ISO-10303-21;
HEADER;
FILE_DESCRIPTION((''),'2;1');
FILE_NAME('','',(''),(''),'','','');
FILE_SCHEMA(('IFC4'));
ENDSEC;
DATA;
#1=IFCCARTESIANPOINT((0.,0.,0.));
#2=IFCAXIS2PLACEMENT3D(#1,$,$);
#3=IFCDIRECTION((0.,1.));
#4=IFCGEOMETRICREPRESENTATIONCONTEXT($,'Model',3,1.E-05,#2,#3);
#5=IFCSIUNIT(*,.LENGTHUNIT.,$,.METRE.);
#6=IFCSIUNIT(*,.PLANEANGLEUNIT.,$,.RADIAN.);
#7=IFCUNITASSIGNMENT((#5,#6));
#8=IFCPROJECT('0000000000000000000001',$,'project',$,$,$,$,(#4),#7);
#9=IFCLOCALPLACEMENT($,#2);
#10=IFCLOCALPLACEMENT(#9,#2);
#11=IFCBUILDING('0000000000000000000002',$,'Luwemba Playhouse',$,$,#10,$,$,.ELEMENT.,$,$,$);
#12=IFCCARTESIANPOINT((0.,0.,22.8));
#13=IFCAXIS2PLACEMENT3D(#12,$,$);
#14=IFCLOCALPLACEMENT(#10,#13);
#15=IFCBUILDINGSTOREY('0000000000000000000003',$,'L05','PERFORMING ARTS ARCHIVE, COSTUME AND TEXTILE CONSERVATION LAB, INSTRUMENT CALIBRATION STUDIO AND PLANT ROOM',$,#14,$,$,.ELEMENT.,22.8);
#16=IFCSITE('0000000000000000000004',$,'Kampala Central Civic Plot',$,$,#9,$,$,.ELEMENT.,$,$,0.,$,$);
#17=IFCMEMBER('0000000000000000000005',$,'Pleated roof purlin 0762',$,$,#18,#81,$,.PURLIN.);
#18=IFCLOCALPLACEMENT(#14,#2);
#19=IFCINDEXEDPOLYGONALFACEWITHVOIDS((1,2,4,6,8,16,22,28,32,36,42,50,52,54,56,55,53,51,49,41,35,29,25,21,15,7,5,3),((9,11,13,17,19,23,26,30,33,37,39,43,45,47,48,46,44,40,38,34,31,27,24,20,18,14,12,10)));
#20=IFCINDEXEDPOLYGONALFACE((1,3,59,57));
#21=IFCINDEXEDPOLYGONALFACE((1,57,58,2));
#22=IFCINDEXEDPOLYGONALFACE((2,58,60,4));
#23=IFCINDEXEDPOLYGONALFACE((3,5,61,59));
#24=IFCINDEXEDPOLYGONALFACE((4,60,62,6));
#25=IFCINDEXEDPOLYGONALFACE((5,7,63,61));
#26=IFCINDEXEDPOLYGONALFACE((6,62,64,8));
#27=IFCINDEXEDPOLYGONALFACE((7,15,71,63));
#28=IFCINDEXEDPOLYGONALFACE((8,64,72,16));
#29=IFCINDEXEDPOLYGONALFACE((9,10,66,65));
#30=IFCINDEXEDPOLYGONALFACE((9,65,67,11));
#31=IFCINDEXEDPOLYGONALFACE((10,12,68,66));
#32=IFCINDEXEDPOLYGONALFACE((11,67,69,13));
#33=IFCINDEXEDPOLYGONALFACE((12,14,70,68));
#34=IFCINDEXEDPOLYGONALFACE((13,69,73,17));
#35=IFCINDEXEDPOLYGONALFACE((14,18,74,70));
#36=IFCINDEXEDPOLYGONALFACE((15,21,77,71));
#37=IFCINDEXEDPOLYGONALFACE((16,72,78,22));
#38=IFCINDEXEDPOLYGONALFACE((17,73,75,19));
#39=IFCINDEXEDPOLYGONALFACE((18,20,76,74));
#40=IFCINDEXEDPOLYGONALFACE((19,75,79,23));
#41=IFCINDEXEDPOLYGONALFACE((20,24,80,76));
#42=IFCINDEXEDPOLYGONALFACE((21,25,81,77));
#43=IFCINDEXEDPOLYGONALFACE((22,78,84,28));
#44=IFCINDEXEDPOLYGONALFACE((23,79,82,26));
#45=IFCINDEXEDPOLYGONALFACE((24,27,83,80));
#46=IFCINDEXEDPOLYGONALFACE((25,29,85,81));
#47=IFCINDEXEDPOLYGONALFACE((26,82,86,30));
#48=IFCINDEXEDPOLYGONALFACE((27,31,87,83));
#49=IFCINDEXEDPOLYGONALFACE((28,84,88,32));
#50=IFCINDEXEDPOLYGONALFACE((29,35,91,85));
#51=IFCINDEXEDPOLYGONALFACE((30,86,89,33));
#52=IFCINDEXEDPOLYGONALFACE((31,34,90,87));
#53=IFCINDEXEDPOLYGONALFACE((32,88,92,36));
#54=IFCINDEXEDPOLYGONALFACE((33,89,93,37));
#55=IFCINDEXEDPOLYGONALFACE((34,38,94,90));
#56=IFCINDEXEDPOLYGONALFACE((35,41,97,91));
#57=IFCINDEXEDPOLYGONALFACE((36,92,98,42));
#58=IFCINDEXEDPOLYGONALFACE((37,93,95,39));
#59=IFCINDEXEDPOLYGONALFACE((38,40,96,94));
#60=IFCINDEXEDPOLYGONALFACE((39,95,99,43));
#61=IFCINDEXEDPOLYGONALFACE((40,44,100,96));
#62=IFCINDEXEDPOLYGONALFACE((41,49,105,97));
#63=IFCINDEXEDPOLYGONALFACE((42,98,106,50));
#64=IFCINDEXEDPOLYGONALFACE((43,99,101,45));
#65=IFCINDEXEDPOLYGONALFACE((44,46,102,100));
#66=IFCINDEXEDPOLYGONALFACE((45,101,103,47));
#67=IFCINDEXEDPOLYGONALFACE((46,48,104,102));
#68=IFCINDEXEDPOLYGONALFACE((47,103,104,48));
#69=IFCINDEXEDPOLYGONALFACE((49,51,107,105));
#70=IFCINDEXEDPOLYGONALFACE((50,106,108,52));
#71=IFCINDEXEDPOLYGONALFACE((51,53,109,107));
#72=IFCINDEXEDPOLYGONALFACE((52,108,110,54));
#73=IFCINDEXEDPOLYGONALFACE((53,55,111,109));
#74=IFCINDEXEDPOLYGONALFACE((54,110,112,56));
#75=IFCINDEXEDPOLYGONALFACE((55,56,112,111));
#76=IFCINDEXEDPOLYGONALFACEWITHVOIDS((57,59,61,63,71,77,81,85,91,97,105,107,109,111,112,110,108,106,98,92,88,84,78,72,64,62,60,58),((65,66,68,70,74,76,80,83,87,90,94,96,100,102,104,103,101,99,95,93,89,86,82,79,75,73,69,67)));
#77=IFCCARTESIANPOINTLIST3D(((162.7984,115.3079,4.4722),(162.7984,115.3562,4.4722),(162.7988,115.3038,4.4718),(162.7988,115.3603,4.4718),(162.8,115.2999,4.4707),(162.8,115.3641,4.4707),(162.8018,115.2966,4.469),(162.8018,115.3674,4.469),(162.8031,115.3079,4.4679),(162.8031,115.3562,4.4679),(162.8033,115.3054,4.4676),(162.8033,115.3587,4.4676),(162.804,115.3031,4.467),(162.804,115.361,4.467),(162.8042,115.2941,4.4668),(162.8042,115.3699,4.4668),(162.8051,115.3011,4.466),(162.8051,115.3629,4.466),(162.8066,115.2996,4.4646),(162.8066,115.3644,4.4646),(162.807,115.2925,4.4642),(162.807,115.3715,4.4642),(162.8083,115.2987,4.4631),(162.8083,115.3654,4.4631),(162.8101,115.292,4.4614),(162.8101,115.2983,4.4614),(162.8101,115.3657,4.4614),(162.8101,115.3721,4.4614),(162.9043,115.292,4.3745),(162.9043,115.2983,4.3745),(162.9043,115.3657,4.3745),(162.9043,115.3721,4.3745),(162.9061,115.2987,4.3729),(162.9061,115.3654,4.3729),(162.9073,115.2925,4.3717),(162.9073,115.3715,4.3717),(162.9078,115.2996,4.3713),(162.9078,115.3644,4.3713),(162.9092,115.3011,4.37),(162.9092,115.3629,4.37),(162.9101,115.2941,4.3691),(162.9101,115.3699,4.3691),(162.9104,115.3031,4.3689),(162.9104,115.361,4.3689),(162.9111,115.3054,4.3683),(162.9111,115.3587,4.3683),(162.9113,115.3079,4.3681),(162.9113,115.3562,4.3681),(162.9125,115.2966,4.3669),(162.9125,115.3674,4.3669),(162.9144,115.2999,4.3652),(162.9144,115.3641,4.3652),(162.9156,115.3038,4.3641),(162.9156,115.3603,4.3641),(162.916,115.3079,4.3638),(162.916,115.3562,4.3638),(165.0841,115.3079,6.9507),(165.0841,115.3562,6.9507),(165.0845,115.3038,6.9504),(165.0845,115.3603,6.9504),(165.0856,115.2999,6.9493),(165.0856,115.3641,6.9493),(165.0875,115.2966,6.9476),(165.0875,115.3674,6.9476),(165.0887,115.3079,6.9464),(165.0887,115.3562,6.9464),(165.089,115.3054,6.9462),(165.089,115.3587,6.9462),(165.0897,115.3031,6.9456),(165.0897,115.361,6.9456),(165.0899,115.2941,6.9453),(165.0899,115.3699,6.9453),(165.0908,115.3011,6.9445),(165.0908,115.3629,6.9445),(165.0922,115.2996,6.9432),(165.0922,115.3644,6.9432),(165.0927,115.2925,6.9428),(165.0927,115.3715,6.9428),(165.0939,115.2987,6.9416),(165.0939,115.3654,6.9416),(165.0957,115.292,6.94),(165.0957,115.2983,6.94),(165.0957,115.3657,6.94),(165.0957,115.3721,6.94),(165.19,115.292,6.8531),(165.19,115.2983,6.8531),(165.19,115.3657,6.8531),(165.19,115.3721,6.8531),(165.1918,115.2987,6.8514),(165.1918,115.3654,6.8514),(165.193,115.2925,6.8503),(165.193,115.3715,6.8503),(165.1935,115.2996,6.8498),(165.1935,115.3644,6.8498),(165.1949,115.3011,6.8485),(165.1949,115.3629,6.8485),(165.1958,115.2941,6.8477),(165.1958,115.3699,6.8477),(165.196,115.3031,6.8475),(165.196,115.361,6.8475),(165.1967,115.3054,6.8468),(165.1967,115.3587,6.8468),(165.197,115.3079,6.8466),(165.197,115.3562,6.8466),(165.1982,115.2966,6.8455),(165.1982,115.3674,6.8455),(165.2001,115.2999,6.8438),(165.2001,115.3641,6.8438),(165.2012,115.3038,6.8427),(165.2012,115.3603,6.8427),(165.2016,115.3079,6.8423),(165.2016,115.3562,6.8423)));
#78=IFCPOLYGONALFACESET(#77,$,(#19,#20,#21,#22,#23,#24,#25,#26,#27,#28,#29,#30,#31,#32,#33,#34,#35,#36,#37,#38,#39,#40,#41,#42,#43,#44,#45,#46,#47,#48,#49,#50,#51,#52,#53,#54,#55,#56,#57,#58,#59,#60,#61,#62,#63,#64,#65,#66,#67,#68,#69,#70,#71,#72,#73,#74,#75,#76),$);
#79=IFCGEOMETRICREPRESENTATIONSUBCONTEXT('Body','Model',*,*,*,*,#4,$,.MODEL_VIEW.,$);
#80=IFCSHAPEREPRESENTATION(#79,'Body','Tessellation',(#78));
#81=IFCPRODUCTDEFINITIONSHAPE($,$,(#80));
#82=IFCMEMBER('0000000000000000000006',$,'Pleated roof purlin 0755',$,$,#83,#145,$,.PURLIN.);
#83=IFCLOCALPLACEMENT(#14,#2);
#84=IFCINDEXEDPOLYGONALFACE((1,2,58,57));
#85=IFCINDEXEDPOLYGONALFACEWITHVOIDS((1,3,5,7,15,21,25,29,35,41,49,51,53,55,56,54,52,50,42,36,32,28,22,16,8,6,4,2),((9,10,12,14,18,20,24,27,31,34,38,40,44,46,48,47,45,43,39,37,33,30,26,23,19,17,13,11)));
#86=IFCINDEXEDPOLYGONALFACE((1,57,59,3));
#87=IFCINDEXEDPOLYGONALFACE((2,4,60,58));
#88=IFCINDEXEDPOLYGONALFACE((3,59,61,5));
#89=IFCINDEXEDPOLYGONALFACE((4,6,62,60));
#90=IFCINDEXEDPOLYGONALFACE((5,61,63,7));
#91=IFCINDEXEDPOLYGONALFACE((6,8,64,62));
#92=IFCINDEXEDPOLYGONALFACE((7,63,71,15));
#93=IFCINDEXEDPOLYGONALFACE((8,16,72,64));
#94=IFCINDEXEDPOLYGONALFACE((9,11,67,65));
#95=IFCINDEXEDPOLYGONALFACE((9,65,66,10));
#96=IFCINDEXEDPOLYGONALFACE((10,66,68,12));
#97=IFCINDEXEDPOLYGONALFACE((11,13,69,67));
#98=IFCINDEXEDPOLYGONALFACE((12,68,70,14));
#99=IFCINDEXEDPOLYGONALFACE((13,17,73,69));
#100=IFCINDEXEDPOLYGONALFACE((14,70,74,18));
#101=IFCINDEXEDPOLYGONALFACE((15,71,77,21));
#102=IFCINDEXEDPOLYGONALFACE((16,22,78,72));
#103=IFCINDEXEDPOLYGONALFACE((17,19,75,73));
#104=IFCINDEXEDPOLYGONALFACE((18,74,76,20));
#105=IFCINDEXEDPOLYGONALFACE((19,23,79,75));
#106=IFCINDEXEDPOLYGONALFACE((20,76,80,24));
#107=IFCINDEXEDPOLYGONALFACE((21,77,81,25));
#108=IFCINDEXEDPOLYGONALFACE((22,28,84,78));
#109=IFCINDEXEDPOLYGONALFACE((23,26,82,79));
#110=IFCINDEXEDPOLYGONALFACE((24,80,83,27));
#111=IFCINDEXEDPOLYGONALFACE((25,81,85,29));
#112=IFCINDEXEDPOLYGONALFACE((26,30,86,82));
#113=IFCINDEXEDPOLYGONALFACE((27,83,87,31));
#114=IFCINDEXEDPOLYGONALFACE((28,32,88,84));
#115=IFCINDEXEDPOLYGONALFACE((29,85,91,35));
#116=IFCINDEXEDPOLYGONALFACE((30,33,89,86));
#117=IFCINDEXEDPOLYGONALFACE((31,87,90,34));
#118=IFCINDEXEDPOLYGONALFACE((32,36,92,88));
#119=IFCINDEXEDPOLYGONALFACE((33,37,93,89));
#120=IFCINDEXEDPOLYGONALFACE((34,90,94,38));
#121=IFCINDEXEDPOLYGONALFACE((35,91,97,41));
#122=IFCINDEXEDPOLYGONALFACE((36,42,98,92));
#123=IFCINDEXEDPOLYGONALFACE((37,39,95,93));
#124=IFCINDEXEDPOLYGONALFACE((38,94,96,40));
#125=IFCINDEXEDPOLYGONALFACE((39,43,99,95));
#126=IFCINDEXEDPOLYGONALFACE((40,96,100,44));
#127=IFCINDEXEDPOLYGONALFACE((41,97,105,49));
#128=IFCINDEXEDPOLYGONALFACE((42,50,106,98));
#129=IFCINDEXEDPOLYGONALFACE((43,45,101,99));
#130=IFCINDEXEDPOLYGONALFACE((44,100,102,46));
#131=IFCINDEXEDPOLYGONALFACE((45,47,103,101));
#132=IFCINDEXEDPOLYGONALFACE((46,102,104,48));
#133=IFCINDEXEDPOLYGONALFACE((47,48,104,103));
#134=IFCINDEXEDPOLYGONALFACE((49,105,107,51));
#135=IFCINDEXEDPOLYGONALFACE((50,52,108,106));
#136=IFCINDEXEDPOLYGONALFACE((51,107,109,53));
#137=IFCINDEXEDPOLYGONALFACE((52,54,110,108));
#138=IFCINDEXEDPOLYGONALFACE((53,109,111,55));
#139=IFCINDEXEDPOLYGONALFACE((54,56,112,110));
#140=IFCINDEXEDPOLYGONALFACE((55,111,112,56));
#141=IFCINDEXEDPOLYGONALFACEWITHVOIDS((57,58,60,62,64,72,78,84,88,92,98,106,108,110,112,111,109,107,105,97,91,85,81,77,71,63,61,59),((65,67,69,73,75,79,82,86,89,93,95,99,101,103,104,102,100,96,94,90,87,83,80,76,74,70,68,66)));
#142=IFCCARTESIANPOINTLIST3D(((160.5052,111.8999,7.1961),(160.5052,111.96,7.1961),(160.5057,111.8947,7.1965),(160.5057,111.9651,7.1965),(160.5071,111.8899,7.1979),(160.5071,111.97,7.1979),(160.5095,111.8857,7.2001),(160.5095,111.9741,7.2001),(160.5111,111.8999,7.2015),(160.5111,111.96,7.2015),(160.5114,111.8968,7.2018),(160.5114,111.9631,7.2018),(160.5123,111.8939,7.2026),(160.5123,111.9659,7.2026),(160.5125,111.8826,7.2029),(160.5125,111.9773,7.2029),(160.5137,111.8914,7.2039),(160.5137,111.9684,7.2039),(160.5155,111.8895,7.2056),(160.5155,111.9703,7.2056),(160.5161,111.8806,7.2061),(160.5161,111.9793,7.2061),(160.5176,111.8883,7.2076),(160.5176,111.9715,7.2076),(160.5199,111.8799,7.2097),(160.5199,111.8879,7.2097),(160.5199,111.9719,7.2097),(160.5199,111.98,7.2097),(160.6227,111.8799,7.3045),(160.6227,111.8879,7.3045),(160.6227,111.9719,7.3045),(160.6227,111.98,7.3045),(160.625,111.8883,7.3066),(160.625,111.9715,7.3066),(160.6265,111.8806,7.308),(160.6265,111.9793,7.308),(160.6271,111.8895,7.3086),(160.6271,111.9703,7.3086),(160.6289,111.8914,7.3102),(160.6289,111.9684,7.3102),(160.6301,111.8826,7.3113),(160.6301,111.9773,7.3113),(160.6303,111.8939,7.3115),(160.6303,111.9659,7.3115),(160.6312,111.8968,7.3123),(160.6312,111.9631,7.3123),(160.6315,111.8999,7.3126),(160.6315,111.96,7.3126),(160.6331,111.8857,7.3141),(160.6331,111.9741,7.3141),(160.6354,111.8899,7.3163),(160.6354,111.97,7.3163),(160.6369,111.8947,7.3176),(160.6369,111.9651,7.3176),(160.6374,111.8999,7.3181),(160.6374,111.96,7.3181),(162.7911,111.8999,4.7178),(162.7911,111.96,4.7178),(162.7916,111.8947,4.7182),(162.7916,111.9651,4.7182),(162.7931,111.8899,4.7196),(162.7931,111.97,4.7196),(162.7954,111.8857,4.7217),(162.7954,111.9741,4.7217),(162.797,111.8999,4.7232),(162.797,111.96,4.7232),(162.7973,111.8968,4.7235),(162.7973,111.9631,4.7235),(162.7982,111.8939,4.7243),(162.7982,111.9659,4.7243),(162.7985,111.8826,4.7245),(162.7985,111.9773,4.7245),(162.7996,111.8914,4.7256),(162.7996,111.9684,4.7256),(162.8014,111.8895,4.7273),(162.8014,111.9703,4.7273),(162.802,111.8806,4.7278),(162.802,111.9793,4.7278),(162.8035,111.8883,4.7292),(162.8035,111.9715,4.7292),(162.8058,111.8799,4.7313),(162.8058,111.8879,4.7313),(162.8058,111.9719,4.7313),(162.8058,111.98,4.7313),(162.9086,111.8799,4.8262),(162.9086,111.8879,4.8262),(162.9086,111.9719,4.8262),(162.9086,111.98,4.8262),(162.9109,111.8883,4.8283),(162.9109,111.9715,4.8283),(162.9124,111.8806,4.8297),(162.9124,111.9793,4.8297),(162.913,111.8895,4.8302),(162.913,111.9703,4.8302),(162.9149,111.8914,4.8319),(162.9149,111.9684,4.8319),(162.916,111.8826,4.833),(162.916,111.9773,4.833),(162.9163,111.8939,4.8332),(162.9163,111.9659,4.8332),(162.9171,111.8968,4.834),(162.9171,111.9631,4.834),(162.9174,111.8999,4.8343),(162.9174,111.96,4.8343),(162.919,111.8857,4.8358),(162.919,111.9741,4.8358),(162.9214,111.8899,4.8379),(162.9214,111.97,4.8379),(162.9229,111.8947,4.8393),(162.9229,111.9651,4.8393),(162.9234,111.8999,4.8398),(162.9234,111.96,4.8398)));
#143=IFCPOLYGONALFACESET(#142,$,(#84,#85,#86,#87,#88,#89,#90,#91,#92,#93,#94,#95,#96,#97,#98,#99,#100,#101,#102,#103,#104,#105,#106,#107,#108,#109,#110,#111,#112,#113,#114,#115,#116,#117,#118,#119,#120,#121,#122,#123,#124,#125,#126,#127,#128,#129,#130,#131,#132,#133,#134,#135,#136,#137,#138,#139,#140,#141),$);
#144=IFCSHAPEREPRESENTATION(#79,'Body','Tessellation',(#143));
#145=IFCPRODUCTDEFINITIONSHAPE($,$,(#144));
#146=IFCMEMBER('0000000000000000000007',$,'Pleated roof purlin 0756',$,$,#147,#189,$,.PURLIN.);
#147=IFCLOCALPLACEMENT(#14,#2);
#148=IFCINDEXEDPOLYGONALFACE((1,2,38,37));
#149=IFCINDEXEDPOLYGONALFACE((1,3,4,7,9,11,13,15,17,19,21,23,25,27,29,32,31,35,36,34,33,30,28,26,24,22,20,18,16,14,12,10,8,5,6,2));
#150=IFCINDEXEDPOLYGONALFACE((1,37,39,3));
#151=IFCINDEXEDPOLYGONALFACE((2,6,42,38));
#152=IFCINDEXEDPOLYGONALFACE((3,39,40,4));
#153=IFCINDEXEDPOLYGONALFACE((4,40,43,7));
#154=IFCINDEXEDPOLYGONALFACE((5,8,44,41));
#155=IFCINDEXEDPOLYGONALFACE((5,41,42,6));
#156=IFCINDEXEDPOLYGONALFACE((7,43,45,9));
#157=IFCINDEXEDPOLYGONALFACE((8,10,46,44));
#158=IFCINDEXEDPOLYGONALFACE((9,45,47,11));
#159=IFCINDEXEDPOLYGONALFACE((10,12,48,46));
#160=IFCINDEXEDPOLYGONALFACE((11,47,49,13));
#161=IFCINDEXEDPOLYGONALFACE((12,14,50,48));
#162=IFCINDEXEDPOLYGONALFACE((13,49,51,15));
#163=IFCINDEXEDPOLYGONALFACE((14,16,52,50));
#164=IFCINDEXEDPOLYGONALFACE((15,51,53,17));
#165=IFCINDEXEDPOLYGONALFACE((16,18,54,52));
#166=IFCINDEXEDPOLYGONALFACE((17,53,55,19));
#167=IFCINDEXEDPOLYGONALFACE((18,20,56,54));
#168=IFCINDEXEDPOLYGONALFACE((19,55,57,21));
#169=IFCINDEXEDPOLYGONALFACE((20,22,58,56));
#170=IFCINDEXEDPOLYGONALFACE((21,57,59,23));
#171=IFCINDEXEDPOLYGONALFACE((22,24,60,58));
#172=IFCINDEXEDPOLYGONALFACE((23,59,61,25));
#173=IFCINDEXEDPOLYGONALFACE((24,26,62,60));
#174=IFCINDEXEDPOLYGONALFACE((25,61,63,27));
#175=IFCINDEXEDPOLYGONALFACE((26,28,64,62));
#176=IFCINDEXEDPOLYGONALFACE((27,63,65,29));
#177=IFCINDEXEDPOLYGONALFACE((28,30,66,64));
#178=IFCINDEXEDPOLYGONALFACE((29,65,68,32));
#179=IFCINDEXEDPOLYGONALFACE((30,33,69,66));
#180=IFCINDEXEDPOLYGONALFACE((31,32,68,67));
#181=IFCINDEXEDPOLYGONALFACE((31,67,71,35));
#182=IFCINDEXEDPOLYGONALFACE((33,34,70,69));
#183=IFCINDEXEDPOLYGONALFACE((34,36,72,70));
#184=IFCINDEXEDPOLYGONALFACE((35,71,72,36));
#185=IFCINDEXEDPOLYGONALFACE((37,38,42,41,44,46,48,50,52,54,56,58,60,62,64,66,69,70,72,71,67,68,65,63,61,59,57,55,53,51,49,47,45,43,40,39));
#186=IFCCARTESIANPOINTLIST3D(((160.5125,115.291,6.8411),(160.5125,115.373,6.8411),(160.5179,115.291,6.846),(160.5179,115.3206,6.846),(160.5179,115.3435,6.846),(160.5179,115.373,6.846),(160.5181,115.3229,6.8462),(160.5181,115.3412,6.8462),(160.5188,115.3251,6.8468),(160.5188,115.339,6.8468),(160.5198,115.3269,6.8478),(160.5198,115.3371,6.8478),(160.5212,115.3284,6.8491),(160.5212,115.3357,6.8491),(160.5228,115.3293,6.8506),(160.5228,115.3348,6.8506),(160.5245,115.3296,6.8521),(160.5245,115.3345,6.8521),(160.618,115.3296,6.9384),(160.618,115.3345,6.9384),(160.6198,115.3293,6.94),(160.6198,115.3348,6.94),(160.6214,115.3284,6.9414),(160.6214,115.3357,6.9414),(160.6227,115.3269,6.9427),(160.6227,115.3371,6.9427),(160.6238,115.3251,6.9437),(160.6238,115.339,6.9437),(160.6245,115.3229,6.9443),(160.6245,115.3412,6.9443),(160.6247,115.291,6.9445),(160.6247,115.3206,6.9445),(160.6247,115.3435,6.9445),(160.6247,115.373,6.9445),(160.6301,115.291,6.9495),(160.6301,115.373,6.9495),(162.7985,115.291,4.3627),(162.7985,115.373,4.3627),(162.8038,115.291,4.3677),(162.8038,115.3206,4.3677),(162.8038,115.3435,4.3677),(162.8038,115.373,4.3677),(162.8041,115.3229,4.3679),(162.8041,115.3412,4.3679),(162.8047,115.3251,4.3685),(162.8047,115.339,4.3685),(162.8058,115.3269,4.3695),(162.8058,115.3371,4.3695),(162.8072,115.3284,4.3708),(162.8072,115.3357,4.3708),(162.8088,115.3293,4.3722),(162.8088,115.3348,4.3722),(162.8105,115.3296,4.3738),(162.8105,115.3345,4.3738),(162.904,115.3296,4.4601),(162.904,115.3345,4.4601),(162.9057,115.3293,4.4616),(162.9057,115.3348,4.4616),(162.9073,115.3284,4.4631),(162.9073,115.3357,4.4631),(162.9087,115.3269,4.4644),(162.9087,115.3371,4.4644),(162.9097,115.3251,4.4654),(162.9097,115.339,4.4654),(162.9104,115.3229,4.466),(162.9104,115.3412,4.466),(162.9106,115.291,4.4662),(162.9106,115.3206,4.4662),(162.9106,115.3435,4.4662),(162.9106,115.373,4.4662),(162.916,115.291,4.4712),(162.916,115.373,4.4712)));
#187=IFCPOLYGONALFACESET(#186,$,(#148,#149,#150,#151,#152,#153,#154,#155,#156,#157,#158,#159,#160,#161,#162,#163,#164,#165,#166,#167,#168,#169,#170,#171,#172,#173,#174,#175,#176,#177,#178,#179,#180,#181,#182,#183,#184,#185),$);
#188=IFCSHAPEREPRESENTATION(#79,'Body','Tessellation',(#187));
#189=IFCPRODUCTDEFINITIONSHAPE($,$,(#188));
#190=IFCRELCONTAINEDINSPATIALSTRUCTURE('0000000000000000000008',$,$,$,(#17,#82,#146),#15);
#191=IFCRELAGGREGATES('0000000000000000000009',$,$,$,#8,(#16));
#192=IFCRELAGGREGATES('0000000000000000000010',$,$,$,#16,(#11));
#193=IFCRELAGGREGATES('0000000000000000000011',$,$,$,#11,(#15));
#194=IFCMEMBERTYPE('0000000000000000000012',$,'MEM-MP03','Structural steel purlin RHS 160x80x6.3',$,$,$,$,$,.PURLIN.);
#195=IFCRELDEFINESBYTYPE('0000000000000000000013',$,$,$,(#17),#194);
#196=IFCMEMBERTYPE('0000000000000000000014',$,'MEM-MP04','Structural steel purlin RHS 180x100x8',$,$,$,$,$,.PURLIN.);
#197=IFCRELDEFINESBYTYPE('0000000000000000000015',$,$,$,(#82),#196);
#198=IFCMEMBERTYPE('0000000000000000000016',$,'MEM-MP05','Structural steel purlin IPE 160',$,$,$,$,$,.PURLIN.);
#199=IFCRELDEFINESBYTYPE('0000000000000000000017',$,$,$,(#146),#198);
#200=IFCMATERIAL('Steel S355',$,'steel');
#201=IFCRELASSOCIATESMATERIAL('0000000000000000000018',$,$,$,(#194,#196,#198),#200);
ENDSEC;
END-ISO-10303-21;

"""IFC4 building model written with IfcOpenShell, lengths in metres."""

from ifc_helpers import new_model, si_unit, direction, frame, origin, origin_2d, place, context, subcontext, project, spatial, hollow_rectangle, i_section, extrude, material, material_profile, profile_set, type_object, element, save


model = new_model("IFC4")

# Units and contexts
model_context = context("Model", 3, precision=1e-05, world=origin(), true_north=direction((0.0, 1.0)))
body_context = subcontext(model_context, "Body", "Model", "MODEL_VIEW")
ifc_project = project(units=[si_unit("LENGTHUNIT", "METRE"), si_unit("PLANEANGLEUNIT", "RADIAN")], contexts=[model_context])

# Site, building, storey
site_placement = place(None, origin())
site = spatial("IfcSite", under=ifc_project, at=site_placement, Name="Kampala Central Civic Plot", CompositionType="ELEMENT", RefElevation=0.0)
building_placement = place(site_placement, origin())
building = spatial("IfcBuilding", under=site, at=building_placement, Name="Luwemba Playhouse", CompositionType="ELEMENT")
storey_placement = place(building_placement, frame((0.0, 0.0, 22.8)))
storey = spatial("IfcBuildingStorey", under=building, at=storey_placement, Name="L05", Description="PERFORMING ARTS ARCHIVE, COSTUME AND TEXTILE CONSERVATION LAB, INSTRUMENT CALIBRATION STUDIO AND PLANT ROOM", CompositionType="ELEMENT", Elevation=22.8)

# Shared definitions
ifc_material_1 = material(Name="Steel S355", Category="steel")

# Members
ifc_material_profile_1 = material_profile(ifc_material_1, hollow_rectangle(XDim=0.0801, YDim=0.1599, WallThickness=0.0063, InnerFilletRadius=0.0095, OuterFilletRadius=0.0159, at=origin_2d()))
ifc_profile_set_1 = profile_set([ifc_material_profile_1], Name="Steel S355")
member_type_1 = type_object("IfcMemberType", Name="MEM-MP03", Description="Structural steel purlin RHS 160x80x6.3", PredefinedType="PURLIN", material=ifc_profile_set_1)
member_1_placement = place(storey_placement, frame((162.8572, 115.332, 4.418), z_axis=(0.677925, 0.0, 0.735131), x_axis=(0.0, 1.0, 0.0)))
element("IfcMember", 1, at=member_1_placement, inside=storey, type_object=member_type_1, Name="Pleated roof purlin 0762", PredefinedType="PURLIN", context=body_context, shape_type="SweptSolid", body=[
    extrude(hollow_rectangle(XDim=0.0801, YDim=0.1599, WallThickness=0.0063, InnerFilletRadius=0.0095, OuterFilletRadius=0.0159, at=origin_2d()), origin(), (0.0, 0.0, 1.0), 3.3716),
])
ifc_material_profile_2 = material_profile(ifc_material_1, hollow_rectangle(XDim=0.1001, YDim=0.1799, WallThickness=0.0081, InnerFilletRadius=0.012, OuterFilletRadius=0.02, at=origin_2d()))
ifc_profile_set_2 = profile_set([ifc_material_profile_2], Name="Steel S355")
member_type_2 = type_object("IfcMemberType", Name="MEM-MP04", Description="Structural steel purlin RHS 180x100x8", PredefinedType="PURLIN", material=ifc_profile_set_2)
member_2_placement = place(storey_placement, frame((160.5713, 111.9299, 7.2571), z_axis=(0.678, 0.0, -0.735062), x_axis=(0.0, 1.0, 0.0)))
element("IfcMember", 2, at=member_2_placement, inside=storey, type_object=member_type_2, Name="Pleated roof purlin 0755", PredefinedType="PURLIN", context=body_context, shape_type="SweptSolid", body=[
    extrude(hollow_rectangle(XDim=0.1001, YDim=0.1799, WallThickness=0.0081, InnerFilletRadius=0.012, OuterFilletRadius=0.02, at=origin_2d()), origin(), (0.0, 0.0, 1.0), 3.3716),
])
ifc_material_profile_3 = material_profile(ifc_material_1, i_section(OverallWidth=0.082, OverallDepth=0.1599, WebThickness=0.0049, FlangeThickness=0.0073, FilletRadius=0.009, at=origin_2d()))
ifc_profile_set_3 = profile_set([ifc_material_profile_3], Name="Steel S355")
member_type_3 = type_object("IfcMemberType", Name="MEM-MP05", Description="Structural steel purlin IPE 160", PredefinedType="PURLIN", material=ifc_profile_set_3)
member_3_placement = place(storey_placement, frame((160.5713, 115.332, 6.8953), z_axis=(0.678, 0.0, -0.735062), x_axis=(0.0, 1.0, 0.0)))
element("IfcMember", 3, at=member_3_placement, inside=storey, type_object=member_type_3, Name="Pleated roof purlin 0756", PredefinedType="PURLIN", context=body_context, shape_type="SweptSolid", body=[
    extrude(i_section(OverallWidth=0.082, OverallDepth=0.1599, WebThickness=0.0049, FlangeThickness=0.0073, FilletRadius=0.009, at=origin_2d()), origin(), (0.0, 0.0, 1.0), 3.3716),
])

save(model, "model.ifc")
